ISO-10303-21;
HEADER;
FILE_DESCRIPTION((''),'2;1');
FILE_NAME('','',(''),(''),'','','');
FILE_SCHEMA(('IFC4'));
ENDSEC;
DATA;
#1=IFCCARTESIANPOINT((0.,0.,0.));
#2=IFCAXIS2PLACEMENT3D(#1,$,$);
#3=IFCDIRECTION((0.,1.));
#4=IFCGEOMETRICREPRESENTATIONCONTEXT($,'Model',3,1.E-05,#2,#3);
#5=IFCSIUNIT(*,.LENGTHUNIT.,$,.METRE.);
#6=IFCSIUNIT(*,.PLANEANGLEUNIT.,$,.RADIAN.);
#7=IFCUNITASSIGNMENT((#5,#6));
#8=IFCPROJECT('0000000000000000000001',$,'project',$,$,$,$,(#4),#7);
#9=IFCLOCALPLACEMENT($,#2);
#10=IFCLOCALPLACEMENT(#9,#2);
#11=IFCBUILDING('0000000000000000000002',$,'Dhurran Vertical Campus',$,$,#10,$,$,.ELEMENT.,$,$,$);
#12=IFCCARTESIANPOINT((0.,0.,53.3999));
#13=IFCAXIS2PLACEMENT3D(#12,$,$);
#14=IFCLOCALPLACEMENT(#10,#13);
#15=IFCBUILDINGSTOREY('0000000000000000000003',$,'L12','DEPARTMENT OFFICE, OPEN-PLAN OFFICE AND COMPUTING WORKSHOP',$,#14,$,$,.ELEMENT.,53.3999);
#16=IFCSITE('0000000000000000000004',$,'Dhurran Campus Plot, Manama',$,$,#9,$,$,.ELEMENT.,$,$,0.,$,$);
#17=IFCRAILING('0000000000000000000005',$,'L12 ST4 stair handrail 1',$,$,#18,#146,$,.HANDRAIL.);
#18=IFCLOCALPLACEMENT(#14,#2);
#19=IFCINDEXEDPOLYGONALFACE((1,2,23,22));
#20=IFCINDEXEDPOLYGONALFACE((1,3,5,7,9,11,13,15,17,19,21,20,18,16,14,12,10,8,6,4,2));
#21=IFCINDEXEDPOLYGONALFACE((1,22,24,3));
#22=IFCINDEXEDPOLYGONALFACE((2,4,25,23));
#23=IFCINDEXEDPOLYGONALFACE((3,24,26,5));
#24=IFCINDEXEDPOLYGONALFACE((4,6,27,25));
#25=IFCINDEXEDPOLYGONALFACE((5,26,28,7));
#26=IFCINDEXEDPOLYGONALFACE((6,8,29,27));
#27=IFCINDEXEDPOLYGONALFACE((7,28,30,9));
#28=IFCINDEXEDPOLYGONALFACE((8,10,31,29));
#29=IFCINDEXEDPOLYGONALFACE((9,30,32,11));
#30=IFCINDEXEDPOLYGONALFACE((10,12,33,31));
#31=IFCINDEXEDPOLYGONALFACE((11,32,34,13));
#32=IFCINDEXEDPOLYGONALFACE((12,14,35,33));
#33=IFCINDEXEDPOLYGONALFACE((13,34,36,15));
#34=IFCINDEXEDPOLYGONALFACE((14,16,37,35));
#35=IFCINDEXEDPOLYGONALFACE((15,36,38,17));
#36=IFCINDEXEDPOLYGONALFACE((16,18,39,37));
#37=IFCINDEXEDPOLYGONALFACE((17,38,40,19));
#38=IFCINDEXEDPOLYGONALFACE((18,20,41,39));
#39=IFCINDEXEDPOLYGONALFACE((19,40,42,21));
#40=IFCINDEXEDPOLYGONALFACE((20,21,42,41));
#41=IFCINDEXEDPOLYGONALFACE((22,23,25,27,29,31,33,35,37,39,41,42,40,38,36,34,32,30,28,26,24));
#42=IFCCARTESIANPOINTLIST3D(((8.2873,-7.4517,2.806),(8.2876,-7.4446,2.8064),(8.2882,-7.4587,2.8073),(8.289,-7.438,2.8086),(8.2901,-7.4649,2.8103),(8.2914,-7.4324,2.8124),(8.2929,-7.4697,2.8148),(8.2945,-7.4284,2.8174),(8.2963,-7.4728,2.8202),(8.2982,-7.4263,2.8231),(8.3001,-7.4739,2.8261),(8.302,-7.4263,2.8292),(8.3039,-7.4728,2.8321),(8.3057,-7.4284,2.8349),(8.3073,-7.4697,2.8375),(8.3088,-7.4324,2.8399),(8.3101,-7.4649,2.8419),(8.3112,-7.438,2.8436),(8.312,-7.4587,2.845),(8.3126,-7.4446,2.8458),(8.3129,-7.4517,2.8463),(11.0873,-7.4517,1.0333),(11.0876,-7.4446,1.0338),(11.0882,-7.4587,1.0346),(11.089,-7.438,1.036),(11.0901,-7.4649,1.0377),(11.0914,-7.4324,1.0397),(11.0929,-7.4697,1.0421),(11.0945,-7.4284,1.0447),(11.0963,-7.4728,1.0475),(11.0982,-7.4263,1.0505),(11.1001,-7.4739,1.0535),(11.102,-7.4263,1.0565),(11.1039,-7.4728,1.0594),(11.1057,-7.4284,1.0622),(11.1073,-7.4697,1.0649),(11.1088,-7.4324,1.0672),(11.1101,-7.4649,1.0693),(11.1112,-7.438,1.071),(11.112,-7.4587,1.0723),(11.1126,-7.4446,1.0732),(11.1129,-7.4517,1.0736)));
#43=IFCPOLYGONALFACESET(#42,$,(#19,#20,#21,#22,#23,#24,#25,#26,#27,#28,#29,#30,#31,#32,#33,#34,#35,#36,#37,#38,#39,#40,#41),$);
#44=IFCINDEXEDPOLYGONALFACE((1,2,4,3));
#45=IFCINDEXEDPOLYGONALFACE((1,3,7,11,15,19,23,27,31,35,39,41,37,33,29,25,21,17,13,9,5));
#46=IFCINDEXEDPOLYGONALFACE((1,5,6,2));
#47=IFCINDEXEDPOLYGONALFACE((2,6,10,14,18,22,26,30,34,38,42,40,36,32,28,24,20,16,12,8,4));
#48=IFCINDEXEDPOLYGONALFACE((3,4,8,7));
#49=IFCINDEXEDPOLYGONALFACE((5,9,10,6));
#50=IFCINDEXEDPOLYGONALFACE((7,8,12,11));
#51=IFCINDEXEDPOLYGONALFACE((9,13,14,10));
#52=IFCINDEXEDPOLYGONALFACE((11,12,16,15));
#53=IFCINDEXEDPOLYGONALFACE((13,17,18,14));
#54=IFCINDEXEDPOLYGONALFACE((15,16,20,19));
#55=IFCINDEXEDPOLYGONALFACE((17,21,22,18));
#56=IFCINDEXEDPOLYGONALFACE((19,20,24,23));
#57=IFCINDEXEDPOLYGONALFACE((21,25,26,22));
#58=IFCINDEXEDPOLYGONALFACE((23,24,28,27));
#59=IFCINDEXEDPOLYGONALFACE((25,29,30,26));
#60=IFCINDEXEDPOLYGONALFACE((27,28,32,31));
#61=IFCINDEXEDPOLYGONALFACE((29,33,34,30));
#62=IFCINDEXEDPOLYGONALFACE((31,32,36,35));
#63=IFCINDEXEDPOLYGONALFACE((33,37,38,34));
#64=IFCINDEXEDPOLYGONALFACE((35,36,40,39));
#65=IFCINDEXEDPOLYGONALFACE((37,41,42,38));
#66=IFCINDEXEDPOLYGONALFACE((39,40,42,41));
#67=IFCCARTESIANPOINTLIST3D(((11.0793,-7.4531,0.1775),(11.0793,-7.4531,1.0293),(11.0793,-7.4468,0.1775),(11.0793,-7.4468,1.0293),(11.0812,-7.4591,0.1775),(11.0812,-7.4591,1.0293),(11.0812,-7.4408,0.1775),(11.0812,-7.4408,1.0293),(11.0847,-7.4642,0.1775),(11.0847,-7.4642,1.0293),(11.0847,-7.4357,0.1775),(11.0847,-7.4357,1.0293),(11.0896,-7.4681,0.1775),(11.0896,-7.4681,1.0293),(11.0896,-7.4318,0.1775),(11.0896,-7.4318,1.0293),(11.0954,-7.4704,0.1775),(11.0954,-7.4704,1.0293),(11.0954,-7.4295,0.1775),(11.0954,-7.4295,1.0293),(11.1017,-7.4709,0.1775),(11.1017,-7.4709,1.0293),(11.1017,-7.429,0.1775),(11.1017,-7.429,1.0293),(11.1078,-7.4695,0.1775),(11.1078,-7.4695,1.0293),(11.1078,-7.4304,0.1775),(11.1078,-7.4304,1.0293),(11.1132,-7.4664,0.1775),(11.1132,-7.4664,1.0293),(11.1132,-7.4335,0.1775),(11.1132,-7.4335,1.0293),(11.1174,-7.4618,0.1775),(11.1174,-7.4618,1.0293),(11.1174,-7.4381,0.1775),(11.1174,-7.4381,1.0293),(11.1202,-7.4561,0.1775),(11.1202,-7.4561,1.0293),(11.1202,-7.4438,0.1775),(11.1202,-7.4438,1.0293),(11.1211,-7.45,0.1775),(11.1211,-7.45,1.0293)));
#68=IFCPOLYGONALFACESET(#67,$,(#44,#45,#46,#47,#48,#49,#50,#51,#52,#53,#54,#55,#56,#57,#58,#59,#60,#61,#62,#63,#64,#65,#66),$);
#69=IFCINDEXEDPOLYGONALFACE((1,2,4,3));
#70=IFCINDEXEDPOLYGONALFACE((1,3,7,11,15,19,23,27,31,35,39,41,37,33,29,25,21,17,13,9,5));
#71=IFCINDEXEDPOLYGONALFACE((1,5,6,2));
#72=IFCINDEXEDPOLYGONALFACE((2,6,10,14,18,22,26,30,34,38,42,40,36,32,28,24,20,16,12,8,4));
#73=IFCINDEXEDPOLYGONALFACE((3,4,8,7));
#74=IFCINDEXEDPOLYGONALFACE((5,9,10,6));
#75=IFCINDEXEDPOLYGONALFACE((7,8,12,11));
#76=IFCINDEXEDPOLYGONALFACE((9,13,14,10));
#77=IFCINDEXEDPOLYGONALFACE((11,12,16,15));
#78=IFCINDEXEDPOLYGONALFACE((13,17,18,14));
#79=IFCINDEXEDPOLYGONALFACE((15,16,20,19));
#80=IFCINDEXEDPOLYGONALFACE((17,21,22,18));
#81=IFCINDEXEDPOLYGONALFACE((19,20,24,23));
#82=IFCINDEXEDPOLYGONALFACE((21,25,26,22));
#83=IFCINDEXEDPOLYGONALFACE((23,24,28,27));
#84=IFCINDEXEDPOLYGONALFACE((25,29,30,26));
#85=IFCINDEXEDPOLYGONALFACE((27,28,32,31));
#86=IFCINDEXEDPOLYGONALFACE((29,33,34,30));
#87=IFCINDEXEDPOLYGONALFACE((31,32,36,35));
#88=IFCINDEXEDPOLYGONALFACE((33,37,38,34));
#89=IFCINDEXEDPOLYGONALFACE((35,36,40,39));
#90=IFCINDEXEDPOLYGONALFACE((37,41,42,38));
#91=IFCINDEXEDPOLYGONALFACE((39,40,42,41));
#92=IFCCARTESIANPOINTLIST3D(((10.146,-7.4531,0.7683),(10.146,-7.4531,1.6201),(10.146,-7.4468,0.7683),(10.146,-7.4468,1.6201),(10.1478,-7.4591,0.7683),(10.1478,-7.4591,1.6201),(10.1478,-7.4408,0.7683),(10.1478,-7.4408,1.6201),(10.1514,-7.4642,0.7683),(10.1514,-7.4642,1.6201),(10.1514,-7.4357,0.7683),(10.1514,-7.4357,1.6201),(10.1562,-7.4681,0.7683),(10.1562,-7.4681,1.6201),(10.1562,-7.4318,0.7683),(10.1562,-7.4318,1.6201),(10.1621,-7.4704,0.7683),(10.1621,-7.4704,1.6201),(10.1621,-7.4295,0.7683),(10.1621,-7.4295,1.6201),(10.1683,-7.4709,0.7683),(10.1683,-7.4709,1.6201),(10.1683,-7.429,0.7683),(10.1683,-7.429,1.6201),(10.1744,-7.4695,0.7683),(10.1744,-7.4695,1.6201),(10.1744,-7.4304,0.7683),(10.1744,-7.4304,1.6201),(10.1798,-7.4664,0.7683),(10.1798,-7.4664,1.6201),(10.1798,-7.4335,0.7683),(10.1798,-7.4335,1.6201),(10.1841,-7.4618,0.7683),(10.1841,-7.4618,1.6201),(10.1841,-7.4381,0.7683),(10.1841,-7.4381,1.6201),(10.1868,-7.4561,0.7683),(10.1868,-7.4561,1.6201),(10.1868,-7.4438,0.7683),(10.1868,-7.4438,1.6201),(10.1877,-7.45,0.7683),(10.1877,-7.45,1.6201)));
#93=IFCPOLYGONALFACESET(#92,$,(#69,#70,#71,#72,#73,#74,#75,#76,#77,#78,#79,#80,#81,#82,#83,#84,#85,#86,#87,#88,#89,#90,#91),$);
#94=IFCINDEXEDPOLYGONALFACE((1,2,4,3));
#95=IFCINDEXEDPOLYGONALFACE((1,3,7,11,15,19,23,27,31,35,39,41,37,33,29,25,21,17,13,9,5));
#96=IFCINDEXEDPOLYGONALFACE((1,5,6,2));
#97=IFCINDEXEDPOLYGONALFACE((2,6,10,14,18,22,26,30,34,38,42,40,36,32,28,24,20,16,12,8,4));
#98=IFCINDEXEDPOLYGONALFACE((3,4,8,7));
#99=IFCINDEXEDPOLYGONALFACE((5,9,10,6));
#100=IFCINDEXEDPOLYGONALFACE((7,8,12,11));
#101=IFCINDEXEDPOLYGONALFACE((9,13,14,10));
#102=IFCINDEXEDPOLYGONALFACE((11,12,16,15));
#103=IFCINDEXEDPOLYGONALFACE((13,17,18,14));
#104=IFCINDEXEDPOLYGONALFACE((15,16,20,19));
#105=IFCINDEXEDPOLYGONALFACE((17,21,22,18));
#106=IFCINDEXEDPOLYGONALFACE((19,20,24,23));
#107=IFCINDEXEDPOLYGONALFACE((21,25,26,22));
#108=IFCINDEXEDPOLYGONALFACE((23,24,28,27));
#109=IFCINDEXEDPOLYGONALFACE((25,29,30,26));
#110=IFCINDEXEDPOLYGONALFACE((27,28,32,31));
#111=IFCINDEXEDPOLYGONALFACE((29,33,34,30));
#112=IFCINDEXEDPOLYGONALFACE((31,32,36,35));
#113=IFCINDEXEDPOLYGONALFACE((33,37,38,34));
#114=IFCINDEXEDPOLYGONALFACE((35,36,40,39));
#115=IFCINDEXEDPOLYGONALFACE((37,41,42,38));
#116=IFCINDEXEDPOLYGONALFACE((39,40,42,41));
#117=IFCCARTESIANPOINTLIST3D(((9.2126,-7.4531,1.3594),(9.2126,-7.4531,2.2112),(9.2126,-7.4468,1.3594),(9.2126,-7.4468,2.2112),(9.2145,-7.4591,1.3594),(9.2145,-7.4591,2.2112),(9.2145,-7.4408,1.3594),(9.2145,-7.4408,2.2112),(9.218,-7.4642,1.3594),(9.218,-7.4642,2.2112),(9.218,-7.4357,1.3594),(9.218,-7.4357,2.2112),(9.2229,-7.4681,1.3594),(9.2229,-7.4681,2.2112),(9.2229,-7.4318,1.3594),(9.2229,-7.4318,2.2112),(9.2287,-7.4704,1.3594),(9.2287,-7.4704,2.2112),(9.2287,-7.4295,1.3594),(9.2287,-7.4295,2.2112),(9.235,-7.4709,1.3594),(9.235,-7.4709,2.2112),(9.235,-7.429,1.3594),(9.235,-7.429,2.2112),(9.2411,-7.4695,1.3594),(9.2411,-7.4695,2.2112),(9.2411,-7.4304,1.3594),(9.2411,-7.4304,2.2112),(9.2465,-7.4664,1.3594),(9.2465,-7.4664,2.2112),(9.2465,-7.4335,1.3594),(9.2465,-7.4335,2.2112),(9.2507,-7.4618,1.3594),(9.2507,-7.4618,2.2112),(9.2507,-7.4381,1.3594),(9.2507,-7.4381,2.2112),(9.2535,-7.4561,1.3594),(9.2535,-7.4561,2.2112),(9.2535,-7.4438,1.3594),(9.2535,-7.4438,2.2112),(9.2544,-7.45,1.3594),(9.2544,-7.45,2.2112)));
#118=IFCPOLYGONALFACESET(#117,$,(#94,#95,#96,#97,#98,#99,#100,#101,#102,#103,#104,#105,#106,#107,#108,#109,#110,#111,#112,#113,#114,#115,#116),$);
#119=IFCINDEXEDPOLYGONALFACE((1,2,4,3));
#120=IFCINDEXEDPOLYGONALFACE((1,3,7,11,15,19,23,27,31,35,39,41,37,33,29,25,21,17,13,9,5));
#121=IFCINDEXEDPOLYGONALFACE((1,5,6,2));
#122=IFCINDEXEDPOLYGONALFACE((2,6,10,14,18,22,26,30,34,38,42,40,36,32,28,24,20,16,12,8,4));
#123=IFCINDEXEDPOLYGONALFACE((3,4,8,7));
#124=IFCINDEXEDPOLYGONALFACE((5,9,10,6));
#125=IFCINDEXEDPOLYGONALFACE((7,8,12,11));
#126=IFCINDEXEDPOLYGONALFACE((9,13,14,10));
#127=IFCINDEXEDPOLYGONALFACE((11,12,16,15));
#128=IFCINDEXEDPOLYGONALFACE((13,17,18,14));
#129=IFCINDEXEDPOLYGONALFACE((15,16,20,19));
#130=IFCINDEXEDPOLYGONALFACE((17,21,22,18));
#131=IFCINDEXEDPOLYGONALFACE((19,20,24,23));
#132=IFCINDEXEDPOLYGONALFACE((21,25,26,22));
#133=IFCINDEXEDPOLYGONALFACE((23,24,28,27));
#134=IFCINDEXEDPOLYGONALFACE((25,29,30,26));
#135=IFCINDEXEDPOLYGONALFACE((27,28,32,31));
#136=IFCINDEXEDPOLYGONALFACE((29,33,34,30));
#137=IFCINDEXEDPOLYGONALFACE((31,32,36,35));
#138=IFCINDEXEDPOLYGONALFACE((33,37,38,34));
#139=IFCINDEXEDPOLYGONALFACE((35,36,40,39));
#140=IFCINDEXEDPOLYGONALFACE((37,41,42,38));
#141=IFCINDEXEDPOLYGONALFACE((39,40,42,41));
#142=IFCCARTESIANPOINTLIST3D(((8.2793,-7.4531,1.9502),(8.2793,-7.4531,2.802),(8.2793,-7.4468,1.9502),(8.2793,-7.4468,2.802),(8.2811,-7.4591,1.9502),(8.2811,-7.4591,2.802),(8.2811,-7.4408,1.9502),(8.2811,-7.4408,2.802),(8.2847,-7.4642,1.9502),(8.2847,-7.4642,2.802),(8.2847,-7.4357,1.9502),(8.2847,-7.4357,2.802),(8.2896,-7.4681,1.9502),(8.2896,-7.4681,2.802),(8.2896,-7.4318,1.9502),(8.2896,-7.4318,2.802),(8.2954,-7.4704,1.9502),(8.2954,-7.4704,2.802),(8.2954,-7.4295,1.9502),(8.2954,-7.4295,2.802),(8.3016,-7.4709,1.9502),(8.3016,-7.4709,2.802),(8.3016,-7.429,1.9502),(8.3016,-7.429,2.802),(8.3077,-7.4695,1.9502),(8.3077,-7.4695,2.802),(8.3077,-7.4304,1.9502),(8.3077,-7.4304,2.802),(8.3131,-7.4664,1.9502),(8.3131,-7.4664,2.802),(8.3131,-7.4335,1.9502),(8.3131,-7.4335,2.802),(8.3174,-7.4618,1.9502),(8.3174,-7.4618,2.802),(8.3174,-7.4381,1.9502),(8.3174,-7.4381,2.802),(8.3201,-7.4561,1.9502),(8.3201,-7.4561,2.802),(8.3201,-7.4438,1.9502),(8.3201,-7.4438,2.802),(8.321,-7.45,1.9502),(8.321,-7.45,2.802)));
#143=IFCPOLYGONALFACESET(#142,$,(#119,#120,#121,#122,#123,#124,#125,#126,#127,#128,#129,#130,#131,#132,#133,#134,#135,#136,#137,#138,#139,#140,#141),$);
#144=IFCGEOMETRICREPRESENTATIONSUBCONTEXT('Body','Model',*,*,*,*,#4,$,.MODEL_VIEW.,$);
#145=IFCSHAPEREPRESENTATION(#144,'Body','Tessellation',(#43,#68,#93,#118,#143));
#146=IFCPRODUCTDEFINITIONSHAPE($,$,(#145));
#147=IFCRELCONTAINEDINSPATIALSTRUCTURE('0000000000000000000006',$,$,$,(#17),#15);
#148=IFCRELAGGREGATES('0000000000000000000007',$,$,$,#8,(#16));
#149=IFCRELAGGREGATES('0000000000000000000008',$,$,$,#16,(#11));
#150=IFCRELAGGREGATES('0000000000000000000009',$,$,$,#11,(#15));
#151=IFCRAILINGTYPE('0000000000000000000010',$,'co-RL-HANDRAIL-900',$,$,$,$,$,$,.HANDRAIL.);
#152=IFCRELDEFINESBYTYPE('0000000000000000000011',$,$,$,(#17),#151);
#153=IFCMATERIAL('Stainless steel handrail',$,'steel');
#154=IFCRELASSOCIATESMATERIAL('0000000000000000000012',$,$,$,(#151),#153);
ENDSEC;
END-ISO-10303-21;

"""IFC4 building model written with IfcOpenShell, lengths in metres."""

from ifc_helpers import new_model, si_unit, direction, frame, origin, origin_2d, place, context, subcontext, project, spatial, circle, extrude, material, type_object, element, save


model = new_model("IFC4")

# Units and contexts
model_context = context("Model", 3, precision=1e-05, world=origin(), true_north=direction((0.0, 1.0)))
body_context = subcontext(model_context, "Body", "Model", "MODEL_VIEW")
ifc_project = project(units=[si_unit("LENGTHUNIT", "METRE"), si_unit("PLANEANGLEUNIT", "RADIAN")], contexts=[model_context])

# Site, building, storey
site_placement = place(None, origin())
site = spatial("IfcSite", under=ifc_project, at=site_placement, Name="Dhurran Campus Plot, Manama", CompositionType="ELEMENT", RefElevation=0.0)
building_placement = place(site_placement, origin())
building = spatial("IfcBuilding", under=site, at=building_placement, Name="Dhurran Vertical Campus", CompositionType="ELEMENT")
storey_placement = place(building_placement, frame((0.0, 0.0, 53.3999)))
storey = spatial("IfcBuildingStorey", under=building, at=storey_placement, Name="L12", Description="DEPARTMENT OFFICE, OPEN-PLAN OFFICE AND COMPUTING WORKSHOP", CompositionType="ELEMENT", Elevation=53.3999)

# Railing
ifc_material_1 = material(Name="Stainless steel handrail", Category="steel")
railing_type_1 = type_object("IfcRailingType", Name="co-RL-HANDRAIL-900", PredefinedType="HANDRAIL", material=ifc_material_1)
railing_1_placement = place(storey_placement, frame((11.1001, -7.45, 0.1775)))
element("IfcRailing", 1, at=railing_1_placement, inside=storey, type_object=railing_type_1, Name="L12 ST4 stair handrail 1", PredefinedType="HANDRAIL", context=body_context, shape_type="SweptSolid", body=[
    extrude(circle(Radius=0.0239, at=origin_2d()), frame((0.0, 0.0, 0.876), z_axis=(-0.844909, 0.0, 0.53491), x_axis=(0.0, -1.0, 0.0)), (0.0, 0.0, 1.0), 3.314),
    extrude(circle(Radius=0.021, at=origin_2d()), origin(), (0.0, 0.0, 1.0), 0.8518),
    extrude(circle(Radius=0.021, at=origin_2d()), frame((-0.9333, 0.0, 0.5908)), (0.0, 0.0, 1.0), 0.8518),
    extrude(circle(Radius=0.021, at=origin_2d()), frame((-1.8667, 0.0, 1.1819)), (0.0, 0.0, 1.0), 0.8518),
    extrude(circle(Radius=0.021, at=origin_2d()), frame((-2.8, 0.0, 1.7727)), (0.0, 0.0, 1.0), 0.8518),
])

save(model, "model.ifc")
